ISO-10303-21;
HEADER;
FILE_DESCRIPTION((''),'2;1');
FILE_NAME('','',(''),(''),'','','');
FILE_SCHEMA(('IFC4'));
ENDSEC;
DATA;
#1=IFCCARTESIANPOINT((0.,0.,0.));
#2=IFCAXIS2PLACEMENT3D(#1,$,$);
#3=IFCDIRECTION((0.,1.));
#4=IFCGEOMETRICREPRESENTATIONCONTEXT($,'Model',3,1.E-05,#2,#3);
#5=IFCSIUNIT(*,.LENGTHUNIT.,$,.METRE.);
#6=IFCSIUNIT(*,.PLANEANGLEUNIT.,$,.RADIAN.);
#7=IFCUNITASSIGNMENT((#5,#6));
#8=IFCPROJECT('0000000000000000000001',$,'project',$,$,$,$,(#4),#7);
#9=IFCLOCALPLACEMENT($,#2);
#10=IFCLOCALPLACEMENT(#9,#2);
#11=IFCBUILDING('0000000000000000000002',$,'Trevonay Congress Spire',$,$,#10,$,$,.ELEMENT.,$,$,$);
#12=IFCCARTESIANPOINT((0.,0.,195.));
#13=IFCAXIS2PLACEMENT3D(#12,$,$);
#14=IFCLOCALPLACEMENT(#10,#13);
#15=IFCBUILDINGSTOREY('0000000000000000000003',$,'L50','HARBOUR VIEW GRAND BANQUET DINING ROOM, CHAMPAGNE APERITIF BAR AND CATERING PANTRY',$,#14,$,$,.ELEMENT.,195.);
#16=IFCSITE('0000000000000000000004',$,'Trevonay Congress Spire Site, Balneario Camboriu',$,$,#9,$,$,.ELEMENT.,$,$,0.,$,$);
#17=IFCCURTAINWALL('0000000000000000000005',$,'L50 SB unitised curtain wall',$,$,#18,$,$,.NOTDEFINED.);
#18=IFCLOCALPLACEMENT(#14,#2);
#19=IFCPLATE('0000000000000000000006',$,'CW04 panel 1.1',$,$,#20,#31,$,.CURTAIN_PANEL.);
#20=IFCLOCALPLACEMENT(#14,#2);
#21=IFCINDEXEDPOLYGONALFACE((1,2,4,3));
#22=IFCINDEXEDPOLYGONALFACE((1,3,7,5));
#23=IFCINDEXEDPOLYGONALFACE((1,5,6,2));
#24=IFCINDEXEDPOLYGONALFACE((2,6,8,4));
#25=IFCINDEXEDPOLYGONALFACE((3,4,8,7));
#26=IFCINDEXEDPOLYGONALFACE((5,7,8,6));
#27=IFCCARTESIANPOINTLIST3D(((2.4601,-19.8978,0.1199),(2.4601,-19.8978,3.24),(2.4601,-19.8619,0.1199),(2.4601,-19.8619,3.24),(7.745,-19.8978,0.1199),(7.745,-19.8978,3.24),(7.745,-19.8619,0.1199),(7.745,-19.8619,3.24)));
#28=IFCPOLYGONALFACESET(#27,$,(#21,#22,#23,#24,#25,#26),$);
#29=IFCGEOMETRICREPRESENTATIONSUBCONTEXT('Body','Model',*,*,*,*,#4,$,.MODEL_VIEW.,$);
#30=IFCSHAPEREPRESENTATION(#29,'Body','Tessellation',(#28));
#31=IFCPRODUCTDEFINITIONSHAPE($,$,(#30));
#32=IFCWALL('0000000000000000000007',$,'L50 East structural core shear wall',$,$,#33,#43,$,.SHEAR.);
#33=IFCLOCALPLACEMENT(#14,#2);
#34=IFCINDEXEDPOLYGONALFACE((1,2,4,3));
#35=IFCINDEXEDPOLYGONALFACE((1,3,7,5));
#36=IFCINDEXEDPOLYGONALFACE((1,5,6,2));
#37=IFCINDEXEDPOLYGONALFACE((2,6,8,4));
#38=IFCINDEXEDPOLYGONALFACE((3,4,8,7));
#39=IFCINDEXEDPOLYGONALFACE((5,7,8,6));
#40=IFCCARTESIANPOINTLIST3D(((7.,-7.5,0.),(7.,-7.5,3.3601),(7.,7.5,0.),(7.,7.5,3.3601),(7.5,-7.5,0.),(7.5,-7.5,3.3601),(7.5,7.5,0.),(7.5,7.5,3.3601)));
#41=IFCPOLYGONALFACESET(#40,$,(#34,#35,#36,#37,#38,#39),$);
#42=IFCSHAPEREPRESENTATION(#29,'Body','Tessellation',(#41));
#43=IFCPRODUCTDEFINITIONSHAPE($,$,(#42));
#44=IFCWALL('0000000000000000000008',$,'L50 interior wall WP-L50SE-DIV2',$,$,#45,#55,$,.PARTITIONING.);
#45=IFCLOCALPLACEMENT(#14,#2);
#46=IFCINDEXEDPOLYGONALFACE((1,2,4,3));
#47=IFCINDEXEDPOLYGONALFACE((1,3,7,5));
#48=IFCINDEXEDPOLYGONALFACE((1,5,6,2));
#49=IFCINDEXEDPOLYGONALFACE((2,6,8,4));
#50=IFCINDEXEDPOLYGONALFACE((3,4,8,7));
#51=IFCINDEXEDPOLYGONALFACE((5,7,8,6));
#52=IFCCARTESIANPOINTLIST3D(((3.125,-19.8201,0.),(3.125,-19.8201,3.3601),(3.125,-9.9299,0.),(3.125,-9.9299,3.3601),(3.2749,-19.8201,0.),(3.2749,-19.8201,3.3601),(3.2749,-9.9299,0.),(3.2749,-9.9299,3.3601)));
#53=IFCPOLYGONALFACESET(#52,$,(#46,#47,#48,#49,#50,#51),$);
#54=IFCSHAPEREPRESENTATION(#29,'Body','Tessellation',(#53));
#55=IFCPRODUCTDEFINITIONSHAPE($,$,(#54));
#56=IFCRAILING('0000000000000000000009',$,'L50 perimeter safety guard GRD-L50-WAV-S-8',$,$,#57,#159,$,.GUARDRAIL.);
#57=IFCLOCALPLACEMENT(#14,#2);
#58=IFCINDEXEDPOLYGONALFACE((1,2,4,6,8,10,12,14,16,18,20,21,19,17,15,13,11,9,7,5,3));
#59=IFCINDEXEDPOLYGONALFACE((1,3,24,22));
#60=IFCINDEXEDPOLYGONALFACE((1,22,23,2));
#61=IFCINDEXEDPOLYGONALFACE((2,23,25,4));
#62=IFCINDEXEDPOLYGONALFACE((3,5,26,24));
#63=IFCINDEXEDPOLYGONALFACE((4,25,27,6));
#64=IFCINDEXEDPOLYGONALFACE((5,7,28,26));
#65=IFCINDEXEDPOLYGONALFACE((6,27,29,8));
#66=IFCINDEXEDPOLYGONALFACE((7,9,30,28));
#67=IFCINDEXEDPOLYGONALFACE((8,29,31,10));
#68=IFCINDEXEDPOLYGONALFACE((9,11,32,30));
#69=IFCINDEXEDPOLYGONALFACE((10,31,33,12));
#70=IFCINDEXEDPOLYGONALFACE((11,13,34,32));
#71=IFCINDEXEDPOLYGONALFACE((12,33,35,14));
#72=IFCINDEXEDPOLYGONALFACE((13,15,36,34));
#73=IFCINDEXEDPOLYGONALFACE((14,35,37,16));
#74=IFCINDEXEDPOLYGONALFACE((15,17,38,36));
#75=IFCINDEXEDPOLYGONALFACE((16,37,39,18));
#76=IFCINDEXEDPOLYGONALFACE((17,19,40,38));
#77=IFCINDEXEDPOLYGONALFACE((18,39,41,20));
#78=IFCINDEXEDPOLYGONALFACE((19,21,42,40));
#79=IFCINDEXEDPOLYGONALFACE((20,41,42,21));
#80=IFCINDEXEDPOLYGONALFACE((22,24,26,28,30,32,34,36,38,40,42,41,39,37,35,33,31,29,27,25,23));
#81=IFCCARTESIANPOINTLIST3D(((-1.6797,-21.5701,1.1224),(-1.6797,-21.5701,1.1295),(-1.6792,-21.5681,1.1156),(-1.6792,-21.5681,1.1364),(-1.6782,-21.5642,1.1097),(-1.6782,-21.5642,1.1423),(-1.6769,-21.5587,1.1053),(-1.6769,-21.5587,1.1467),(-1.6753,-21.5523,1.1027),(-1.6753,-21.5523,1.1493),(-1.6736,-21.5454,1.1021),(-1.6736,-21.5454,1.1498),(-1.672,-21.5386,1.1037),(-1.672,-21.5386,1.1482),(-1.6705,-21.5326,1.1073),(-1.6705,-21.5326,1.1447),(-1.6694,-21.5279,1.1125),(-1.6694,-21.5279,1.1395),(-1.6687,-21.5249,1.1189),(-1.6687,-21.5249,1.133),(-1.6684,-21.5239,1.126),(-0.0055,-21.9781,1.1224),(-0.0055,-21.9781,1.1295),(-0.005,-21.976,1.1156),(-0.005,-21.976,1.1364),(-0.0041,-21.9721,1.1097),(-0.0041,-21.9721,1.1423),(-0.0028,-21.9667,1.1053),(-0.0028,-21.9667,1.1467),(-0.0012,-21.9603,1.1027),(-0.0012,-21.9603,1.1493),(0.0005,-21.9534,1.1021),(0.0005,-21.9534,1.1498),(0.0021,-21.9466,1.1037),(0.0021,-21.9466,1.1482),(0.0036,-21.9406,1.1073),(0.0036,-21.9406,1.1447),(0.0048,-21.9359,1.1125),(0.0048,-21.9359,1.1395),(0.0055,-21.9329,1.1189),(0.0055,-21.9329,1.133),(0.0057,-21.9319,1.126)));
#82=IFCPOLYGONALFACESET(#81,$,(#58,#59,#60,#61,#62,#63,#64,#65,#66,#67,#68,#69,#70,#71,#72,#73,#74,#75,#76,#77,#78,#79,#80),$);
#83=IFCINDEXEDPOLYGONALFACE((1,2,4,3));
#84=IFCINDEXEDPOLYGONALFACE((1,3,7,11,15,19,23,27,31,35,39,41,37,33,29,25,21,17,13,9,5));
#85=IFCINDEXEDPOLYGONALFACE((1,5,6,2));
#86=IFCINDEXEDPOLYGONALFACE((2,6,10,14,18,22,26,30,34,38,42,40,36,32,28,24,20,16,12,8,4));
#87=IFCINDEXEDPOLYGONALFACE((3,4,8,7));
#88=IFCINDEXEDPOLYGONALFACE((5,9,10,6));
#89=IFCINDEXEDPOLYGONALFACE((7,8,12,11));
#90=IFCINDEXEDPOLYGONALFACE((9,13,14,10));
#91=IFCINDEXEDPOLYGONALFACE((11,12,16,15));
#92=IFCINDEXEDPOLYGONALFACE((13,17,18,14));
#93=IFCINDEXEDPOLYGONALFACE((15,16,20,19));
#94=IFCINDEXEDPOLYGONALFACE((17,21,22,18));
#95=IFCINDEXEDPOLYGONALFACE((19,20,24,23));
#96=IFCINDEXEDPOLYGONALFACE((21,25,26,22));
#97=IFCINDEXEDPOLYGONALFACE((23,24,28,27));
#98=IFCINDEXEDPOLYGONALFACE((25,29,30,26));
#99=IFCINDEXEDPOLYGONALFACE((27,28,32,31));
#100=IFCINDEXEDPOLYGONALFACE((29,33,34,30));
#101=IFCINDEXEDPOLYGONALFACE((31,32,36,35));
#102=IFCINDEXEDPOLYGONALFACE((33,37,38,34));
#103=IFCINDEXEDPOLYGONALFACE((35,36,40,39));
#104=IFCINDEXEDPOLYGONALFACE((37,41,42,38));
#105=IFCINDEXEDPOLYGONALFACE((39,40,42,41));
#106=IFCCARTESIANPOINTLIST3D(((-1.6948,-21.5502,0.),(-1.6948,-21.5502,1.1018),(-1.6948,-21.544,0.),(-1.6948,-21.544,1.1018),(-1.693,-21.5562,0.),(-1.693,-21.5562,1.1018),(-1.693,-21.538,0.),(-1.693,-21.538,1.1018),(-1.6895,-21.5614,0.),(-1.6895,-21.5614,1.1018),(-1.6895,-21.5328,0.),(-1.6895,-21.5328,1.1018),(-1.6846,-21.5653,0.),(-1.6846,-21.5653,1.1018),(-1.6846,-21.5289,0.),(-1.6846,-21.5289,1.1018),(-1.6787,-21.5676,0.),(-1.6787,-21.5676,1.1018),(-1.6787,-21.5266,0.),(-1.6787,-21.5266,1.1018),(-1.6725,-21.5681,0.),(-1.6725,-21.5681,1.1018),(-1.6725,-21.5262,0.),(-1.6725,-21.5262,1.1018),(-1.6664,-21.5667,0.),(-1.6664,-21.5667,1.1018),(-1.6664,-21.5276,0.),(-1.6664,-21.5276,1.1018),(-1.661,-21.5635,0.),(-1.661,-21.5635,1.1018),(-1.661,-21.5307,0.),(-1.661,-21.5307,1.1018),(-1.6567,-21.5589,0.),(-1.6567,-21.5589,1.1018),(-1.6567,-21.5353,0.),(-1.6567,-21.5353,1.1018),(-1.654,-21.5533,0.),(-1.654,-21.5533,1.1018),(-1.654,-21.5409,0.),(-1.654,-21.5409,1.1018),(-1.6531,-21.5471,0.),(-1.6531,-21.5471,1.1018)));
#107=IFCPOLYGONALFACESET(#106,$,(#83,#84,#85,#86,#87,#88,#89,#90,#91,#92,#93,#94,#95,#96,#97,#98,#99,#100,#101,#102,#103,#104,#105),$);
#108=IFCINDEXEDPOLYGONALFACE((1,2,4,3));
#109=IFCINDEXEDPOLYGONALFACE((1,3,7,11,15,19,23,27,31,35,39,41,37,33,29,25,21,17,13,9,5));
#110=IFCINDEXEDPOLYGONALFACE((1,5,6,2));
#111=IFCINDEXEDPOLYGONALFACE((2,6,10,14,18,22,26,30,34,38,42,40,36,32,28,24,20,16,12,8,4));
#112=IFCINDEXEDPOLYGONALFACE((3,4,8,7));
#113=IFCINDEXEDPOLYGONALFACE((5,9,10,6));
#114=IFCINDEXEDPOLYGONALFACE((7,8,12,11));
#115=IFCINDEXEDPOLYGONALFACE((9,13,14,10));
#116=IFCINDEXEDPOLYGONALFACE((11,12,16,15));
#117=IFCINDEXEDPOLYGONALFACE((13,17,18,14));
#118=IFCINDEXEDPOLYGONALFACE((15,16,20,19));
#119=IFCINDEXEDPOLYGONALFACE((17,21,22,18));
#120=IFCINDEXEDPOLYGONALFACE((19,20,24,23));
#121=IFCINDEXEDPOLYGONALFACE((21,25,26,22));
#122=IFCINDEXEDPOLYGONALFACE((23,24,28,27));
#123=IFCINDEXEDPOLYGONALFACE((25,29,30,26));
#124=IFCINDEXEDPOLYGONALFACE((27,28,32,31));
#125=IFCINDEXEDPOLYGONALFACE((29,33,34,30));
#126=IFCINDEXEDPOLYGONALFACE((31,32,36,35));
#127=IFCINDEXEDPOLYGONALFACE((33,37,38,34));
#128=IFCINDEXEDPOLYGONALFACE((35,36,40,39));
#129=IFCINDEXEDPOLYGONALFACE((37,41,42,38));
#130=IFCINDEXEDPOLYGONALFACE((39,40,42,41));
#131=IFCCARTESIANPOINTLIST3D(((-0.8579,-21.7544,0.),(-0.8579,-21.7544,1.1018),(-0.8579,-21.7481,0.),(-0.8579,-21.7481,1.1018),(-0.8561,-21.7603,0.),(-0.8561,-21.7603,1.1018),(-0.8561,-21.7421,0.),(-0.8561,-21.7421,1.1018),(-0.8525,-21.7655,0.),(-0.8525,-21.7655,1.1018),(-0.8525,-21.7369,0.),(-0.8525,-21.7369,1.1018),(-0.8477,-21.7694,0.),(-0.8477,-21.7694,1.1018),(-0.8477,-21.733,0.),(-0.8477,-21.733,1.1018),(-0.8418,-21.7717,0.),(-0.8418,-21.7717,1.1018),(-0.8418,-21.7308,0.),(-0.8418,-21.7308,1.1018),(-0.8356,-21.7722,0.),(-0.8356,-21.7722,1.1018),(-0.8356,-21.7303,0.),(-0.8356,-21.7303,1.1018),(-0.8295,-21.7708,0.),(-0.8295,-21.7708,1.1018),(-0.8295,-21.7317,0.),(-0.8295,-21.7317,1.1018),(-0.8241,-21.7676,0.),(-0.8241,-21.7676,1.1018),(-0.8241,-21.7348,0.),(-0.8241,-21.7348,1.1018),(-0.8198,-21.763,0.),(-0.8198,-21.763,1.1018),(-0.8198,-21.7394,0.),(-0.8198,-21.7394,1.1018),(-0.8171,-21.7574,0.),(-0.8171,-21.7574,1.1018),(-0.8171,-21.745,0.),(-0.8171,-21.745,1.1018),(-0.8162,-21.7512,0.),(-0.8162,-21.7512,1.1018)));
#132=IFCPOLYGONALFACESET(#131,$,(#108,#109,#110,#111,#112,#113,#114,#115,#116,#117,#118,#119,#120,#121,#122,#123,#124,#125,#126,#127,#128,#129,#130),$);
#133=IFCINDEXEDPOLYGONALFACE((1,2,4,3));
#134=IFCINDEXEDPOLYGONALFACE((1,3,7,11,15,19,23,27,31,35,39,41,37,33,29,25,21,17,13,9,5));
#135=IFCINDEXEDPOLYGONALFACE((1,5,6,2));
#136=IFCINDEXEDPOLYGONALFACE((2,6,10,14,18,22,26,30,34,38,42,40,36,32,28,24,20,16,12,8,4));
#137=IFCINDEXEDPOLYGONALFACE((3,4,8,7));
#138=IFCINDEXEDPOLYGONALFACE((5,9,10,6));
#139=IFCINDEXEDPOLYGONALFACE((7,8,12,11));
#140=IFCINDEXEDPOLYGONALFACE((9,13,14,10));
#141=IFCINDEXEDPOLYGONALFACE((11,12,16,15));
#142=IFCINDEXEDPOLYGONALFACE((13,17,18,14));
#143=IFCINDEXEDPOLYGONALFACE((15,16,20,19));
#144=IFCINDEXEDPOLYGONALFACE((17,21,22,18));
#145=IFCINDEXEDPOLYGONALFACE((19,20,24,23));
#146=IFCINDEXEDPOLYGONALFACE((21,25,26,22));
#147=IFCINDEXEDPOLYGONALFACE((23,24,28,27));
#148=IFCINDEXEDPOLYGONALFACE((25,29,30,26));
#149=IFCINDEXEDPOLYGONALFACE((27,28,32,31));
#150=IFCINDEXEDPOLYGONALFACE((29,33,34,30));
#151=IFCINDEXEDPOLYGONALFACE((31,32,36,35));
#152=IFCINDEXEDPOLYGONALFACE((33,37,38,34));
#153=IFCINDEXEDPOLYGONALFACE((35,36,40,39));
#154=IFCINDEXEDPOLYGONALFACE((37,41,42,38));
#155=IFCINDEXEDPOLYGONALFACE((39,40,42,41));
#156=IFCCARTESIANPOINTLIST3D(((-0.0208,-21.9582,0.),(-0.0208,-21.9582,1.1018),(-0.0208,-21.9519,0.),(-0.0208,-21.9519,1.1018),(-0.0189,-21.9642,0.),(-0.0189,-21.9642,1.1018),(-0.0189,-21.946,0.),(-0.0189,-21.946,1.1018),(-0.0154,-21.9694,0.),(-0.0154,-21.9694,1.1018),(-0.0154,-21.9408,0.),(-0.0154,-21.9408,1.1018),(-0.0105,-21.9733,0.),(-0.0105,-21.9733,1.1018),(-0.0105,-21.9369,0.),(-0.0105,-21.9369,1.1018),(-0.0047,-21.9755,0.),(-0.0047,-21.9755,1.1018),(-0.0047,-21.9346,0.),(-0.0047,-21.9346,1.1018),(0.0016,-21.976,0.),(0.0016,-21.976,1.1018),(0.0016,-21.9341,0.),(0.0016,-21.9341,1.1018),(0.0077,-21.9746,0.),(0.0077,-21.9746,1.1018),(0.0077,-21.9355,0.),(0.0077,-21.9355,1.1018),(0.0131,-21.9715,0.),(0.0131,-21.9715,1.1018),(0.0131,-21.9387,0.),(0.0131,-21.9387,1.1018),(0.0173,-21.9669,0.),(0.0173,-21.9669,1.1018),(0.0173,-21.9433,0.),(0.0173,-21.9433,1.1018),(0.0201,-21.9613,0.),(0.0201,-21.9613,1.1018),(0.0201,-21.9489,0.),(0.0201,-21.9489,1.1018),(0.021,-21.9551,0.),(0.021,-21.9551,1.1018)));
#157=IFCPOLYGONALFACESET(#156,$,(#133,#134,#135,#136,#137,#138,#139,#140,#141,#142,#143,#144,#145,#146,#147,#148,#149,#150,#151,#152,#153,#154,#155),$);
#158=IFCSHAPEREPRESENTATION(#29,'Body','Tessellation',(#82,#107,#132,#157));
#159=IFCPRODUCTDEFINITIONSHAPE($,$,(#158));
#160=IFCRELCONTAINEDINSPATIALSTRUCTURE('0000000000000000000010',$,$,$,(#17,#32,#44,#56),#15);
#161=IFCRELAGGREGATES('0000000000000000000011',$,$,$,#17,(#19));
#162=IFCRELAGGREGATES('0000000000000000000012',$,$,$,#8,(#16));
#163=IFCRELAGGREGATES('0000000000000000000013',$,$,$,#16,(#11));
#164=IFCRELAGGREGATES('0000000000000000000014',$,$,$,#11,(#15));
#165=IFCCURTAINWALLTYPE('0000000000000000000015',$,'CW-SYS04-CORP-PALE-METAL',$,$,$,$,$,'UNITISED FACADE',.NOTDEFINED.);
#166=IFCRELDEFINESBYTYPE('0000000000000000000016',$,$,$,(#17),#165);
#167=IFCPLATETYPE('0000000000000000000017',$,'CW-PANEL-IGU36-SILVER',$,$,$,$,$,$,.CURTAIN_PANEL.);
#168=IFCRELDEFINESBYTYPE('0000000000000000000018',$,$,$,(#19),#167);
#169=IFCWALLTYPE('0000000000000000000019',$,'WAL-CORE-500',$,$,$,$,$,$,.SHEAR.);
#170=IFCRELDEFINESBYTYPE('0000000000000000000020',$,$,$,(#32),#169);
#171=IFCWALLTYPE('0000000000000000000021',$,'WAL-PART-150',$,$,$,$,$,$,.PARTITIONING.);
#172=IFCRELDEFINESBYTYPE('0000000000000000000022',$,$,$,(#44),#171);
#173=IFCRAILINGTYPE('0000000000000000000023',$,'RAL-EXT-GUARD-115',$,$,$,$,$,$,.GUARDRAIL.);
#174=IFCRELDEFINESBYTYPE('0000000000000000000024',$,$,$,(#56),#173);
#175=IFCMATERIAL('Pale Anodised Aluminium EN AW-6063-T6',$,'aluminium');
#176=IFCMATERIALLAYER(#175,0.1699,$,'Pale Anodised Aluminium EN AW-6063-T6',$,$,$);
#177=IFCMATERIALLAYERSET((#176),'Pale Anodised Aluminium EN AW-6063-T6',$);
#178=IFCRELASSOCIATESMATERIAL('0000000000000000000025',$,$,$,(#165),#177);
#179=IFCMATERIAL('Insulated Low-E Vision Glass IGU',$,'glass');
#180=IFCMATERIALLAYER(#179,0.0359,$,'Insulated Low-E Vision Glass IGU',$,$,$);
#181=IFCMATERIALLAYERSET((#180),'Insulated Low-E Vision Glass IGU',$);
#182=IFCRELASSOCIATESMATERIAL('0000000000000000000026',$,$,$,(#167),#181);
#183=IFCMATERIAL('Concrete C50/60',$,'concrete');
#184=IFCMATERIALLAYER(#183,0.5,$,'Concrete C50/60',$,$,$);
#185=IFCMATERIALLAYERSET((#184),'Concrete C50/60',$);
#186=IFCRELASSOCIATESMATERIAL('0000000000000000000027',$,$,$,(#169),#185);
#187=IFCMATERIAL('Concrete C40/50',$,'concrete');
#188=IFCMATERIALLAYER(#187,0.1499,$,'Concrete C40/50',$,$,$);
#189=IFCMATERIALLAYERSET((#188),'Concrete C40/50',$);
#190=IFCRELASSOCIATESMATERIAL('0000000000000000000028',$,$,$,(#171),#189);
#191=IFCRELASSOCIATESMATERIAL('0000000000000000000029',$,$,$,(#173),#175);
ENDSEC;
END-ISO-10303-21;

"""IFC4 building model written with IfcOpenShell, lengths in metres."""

from ifc_helpers import new_model, si_unit, direction, frame, frame_2d, origin, origin_2d, place, context, subcontext, project, spatial, rectangle, circle, extrude, material, layer, layer_set, type_object, element, aggregate, save


model = new_model("IFC4")

# Units and contexts
model_context = context("Model", 3, precision=1e-05, world=origin(), true_north=direction((0.0, 1.0)))
body_context = subcontext(model_context, "Body", "Model", "MODEL_VIEW")
ifc_project = project(units=[si_unit("LENGTHUNIT", "METRE"), si_unit("PLANEANGLEUNIT", "RADIAN")], contexts=[model_context])

# Site, building, storey
site_placement = place(None, origin())
site = spatial("IfcSite", under=ifc_project, at=site_placement, Name="Trevonay Congress Spire Site, Balneario Camboriu", CompositionType="ELEMENT", RefElevation=0.0)
building_placement = place(site_placement, origin())
building = spatial("IfcBuilding", under=site, at=building_placement, Name="Trevonay Congress Spire", CompositionType="ELEMENT")
storey_placement = place(building_placement, frame((0.0, 0.0, 195.0)))
storey = spatial("IfcBuildingStorey", under=building, at=storey_placement, Name="L50", Description="HARBOUR VIEW GRAND BANQUET DINING ROOM, CHAMPAGNE APERITIF BAR AND CATERING PANTRY", CompositionType="ELEMENT", Elevation=195.0)

# Curtain wall, plate
ifc_material_1 = material(Name="Pale Anodised Aluminium EN AW-6063-T6", Category="aluminium")
ifc_layer_1 = layer(ifc_material_1, 0.1699, Name="Pale Anodised Aluminium EN AW-6063-T6")
ifc_layer_set_1 = layer_set([ifc_layer_1], Name="Pale Anodised Aluminium EN AW-6063-T6")
curtain_wall_type = type_object("IfcCurtainWallType", Name="CW-SYS04-CORP-PALE-METAL", ElementType="UNITISED FACADE", PredefinedType="NOTDEFINED", material=ifc_layer_set_1)
curtain_wall_placement = place(storey_placement, origin())
curtain_wall = element("IfcCurtainWall", 1, at=curtain_wall_placement, inside=storey, type_object=curtain_wall_type, Name="L50 SB unitised curtain wall", PredefinedType="NOTDEFINED")
ifc_material_2 = material(Name="Insulated Low-E Vision Glass IGU", Category="glass")
ifc_layer_2 = layer(ifc_material_2, 0.0359, Name="Insulated Low-E Vision Glass IGU")
ifc_layer_set_2 = layer_set([ifc_layer_2], Name="Insulated Low-E Vision Glass IGU")
plate_type = type_object("IfcPlateType", Name="CW-PANEL-IGU36-SILVER", PredefinedType="CURTAIN_PANEL", material=ifc_layer_set_2)
plate_placement = place(storey_placement, frame((5.1025, -19.8799, 0.1199), z_axis=(0.0, 0.0, 1.0), x_axis=(1.0, 0.0, 0.0)))
plate = element("IfcPlate", 2, at=plate_placement, type_object=plate_type, Name="CW04 panel 1.1", PredefinedType="CURTAIN_PANEL", context=body_context, shape_type="SweptSolid", body=[
    extrude(rectangle(XDim=5.2849, YDim=0.0359, at=origin_2d()), origin(), (0.0, 0.0, 1.0), 3.1201),
])
aggregate(curtain_wall, [plate])

# Walls
ifc_material_3 = material(Name="Concrete C50/60", Category="concrete")
ifc_layer_3 = layer(ifc_material_3, 0.5, Name="Concrete C50/60")
ifc_layer_set_3 = layer_set([ifc_layer_3], Name="Concrete C50/60")
wall_type_1 = type_object("IfcWallType", Name="WAL-CORE-500", PredefinedType="SHEAR", material=ifc_layer_set_3)
wall_1_placement = place(storey_placement, frame((7.25, -7.5, 0.0), z_axis=(0.0, 0.0, 1.0), x_axis=(0.0, 1.0, 0.0)))
element("IfcWall", 3, at=wall_1_placement, inside=storey, type_object=wall_type_1, Name="L50 East structural core shear wall", PredefinedType="SHEAR", context=body_context, shape_type="SweptSolid", body=[
    extrude(rectangle(XDim=15.0, YDim=0.5, at=frame_2d((7.5, 0.0))), origin(), (0.0, 0.0, 1.0), 3.3601),
])
ifc_material_4 = material(Name="Concrete C40/50", Category="concrete")
ifc_layer_4 = layer(ifc_material_4, 0.1499, Name="Concrete C40/50")
ifc_layer_set_4 = layer_set([ifc_layer_4], Name="Concrete C40/50")
wall_type_2 = type_object("IfcWallType", Name="WAL-PART-150", PredefinedType="PARTITIONING", material=ifc_layer_set_4)
wall_2_placement = place(storey_placement, frame((3.2, -19.8201, 0.0), z_axis=(0.0, 0.0, 1.0), x_axis=(0.0, 1.0, 0.0)))
element("IfcWall", 4, at=wall_2_placement, inside=storey, type_object=wall_type_2, Name="L50 interior wall WP-L50SE-DIV2", PredefinedType="PARTITIONING", context=body_context, shape_type="SweptSolid", body=[
    extrude(rectangle(XDim=9.8901, YDim=0.1499, at=frame_2d((4.9451, 0.0))), origin(), (0.0, 0.0, 1.0), 3.3601),
])

# Railing
railing_type = type_object("IfcRailingType", Name="RAL-EXT-GUARD-115", PredefinedType="GUARDRAIL", material=ifc_material_1)
railing_1_placement = place(storey_placement, frame((-1.6741, -21.5471, 0.0)))
element("IfcRailing", 5, at=railing_1_placement, inside=storey, type_object=railing_type, Name="L50 perimeter safety guard GRD-L50-WAV-S-8", PredefinedType="GUARDRAIL", context=body_context, shape_type="SweptSolid", body=[
    extrude(circle(Radius=0.0239, at=origin_2d()), frame((0.0, 0.0, 1.126), z_axis=(0.971567, -0.236764, 0.0), x_axis=(0.236764, 0.971567, 0.0)), (0.0, 0.0, 1.0), 1.7231),
    extrude(circle(Radius=0.021, at=origin_2d()), origin(), (0.0, 0.0, 1.0), 1.1018),
    extrude(circle(Radius=0.021, at=origin_2d()), frame((0.8369, -0.2041, 0.0)), (0.0, 0.0, 1.0), 1.1018),
    extrude(circle(Radius=0.021, at=origin_2d()), frame((1.6741, -0.408, 0.0)), (0.0, 0.0, 1.0), 1.1018),
])

save(model, "model.ifc")
